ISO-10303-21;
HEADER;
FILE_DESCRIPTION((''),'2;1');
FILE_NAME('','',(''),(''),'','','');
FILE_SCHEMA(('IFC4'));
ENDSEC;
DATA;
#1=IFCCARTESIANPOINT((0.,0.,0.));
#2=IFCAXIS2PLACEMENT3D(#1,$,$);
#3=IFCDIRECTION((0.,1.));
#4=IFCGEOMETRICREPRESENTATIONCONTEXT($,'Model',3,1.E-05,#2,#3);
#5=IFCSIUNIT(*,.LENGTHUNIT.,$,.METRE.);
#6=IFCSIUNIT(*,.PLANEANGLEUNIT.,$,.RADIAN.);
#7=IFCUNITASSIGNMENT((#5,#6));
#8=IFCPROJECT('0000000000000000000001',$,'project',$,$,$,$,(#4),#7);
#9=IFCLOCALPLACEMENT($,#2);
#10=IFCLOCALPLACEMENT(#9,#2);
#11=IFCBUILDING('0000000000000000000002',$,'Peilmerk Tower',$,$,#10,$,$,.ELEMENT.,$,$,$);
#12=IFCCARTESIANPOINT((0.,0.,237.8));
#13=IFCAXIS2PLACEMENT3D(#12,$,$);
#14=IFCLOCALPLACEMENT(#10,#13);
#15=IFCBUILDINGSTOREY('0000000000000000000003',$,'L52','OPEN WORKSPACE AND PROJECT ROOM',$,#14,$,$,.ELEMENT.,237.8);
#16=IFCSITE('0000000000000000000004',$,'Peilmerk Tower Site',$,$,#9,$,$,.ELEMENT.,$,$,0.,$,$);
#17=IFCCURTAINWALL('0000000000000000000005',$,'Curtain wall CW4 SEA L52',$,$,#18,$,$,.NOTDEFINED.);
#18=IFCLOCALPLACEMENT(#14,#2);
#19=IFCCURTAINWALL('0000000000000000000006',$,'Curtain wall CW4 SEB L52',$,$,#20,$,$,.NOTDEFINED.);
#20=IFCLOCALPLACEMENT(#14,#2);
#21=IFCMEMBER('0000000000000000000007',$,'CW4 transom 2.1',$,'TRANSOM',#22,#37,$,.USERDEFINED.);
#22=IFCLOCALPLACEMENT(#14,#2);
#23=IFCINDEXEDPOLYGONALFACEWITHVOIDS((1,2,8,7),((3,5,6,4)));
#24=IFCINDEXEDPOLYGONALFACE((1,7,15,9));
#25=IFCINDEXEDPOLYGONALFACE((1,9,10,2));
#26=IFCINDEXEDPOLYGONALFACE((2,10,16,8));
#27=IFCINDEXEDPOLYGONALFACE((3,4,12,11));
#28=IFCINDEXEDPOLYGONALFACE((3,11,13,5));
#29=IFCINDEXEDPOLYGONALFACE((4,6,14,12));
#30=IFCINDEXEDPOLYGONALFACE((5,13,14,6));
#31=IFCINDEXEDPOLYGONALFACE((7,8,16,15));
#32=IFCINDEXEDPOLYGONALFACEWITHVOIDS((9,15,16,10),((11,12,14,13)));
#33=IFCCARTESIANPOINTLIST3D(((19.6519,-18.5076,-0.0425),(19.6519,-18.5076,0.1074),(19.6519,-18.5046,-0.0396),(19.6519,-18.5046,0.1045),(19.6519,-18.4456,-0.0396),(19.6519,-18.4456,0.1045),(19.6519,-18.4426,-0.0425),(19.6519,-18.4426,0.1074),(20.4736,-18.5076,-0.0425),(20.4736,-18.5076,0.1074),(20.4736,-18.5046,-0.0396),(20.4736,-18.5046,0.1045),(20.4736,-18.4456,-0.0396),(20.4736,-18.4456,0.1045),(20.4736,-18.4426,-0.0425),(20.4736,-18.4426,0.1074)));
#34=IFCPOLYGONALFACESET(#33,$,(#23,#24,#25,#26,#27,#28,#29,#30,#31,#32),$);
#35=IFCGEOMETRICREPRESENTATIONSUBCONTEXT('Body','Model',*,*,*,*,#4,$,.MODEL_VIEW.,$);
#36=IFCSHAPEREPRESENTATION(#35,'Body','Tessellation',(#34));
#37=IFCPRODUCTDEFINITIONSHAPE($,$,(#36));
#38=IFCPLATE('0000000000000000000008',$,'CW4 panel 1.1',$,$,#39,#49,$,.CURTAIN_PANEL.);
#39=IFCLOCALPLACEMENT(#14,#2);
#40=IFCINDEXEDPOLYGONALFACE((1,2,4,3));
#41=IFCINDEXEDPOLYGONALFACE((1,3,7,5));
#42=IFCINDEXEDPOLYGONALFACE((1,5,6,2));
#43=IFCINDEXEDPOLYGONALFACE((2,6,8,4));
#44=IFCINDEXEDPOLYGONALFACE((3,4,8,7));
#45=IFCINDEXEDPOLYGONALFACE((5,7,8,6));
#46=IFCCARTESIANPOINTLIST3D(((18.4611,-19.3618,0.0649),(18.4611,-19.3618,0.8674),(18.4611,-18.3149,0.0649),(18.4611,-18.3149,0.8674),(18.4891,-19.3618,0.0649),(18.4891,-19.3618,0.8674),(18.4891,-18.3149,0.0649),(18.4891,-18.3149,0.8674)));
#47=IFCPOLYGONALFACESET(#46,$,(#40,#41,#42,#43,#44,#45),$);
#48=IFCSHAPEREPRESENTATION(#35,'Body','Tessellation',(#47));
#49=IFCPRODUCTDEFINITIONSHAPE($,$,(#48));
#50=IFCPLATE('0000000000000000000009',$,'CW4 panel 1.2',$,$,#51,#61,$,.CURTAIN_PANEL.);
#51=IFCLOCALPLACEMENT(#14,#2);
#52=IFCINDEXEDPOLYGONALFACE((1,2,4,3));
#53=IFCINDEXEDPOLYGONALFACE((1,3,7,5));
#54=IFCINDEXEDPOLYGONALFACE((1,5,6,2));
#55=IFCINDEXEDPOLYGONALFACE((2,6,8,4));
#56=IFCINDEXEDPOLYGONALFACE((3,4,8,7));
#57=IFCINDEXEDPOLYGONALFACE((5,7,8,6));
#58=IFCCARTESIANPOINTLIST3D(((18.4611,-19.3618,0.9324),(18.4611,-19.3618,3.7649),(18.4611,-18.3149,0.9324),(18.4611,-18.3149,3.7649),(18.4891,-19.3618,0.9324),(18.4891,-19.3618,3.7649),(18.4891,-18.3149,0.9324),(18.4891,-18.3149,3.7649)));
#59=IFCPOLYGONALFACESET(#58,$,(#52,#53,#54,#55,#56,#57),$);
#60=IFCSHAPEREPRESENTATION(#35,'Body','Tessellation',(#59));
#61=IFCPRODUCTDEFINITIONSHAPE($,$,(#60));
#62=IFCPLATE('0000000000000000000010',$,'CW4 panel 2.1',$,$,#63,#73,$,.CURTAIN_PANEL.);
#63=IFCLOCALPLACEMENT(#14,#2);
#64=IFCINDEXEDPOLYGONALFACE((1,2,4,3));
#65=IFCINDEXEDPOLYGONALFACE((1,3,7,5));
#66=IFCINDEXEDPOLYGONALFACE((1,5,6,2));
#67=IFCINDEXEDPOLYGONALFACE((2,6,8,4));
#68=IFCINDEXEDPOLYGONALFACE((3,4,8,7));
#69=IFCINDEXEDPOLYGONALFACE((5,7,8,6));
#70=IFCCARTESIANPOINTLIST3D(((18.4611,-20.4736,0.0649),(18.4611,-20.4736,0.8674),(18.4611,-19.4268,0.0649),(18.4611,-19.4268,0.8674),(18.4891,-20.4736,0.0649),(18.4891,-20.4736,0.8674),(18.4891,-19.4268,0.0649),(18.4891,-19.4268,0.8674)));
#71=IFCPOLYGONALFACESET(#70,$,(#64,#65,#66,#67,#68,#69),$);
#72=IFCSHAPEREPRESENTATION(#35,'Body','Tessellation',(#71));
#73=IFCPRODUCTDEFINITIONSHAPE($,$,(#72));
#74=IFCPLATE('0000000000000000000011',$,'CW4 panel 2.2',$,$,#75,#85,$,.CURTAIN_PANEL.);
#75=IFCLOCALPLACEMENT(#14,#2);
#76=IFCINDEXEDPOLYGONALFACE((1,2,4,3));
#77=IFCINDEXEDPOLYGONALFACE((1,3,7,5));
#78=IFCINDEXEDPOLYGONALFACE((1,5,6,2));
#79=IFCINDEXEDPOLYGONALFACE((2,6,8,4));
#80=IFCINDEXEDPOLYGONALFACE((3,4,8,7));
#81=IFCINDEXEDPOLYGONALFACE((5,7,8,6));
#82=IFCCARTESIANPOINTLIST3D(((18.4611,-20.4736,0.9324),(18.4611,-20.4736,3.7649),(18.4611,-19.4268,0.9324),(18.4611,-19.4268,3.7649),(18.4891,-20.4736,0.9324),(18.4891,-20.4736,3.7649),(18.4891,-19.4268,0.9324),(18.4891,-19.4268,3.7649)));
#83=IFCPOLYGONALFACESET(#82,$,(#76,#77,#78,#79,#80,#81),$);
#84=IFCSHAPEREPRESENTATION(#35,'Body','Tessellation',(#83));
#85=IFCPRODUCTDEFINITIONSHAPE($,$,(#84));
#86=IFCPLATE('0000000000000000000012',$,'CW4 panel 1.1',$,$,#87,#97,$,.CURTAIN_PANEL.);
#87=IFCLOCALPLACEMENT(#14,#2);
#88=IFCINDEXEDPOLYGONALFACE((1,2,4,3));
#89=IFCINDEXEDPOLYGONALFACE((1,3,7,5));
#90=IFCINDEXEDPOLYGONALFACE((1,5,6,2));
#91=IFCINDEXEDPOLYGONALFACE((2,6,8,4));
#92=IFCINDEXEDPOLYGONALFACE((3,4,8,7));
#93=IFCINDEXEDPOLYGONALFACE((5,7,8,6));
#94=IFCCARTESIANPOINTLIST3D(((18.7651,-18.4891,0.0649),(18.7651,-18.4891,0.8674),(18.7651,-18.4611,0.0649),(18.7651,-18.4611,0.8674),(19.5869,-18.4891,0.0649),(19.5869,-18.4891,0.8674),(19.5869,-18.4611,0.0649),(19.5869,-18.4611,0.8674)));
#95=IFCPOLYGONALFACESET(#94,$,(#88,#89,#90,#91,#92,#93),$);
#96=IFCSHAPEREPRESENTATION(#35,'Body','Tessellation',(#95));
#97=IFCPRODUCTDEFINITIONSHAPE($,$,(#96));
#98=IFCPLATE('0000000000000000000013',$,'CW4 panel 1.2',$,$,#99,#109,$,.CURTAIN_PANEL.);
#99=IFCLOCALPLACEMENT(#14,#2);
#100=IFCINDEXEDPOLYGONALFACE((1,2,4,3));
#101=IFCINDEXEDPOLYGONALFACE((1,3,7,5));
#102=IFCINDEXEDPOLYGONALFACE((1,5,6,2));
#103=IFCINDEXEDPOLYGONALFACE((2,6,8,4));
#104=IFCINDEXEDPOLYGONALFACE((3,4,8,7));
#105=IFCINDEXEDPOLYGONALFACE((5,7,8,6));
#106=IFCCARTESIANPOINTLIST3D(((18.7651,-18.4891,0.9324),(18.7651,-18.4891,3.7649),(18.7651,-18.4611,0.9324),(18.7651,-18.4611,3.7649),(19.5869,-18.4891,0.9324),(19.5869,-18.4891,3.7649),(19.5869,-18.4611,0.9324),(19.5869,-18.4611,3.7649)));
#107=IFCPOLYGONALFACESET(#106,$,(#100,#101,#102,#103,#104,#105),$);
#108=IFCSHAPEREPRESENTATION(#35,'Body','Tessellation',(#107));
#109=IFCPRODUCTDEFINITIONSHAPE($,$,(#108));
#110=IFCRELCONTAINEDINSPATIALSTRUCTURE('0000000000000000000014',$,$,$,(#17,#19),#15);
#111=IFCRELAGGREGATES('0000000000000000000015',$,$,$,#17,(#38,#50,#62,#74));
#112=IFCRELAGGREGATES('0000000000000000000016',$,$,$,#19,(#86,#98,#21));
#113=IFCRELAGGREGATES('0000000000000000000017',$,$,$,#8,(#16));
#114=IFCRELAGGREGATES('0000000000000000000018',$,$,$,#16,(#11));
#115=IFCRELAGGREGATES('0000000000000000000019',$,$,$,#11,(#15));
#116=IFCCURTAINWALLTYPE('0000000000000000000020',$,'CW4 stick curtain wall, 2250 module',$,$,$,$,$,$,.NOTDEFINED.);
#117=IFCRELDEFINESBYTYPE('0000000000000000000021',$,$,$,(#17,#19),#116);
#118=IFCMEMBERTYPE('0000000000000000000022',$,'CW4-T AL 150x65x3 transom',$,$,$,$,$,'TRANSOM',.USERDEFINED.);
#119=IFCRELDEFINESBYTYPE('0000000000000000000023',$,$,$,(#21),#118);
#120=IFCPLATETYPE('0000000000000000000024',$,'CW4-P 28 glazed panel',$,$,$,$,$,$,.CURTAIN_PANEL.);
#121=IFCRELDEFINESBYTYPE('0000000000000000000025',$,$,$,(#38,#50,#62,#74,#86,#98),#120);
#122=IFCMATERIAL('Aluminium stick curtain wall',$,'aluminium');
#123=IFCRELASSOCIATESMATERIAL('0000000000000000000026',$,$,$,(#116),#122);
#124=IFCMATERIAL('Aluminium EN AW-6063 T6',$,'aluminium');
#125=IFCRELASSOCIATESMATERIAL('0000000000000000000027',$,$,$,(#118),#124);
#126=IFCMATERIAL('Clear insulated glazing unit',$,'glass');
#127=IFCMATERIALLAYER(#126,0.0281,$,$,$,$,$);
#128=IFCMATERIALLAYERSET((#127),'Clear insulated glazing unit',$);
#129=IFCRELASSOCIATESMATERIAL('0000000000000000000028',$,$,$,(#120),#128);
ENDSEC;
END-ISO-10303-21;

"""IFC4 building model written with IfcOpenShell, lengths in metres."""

from ifc_helpers import new_model, si_unit, direction, frame, origin, origin_2d, place, context, subcontext, project, spatial, rectangle, hollow_rectangle, extrude, material, layer, layer_set, material_profile, profile_set, type_object, element, aggregate, save


model = new_model("IFC4")

# Units and contexts
model_context = context("Model", 3, precision=1e-05, world=origin(), true_north=direction((0.0, 1.0)))
body_context = subcontext(model_context, "Body", "Model", "MODEL_VIEW")
ifc_project = project(units=[si_unit("LENGTHUNIT", "METRE"), si_unit("PLANEANGLEUNIT", "RADIAN")], contexts=[model_context])

# Site, building, storey
site_placement = place(None, origin())
site = spatial("IfcSite", under=ifc_project, at=site_placement, Name="Peilmerk Tower Site", CompositionType="ELEMENT", RefElevation=0.0)
building_placement = place(site_placement, origin())
building = spatial("IfcBuilding", under=site, at=building_placement, Name="Peilmerk Tower", CompositionType="ELEMENT")
storey_placement = place(building_placement, frame((0.0, 0.0, 237.8)))
storey = spatial("IfcBuildingStorey", under=building, at=storey_placement, Name="L52", Description="OPEN WORKSPACE AND PROJECT ROOM", CompositionType="ELEMENT", Elevation=237.8)

# Curtain walls
ifc_material_1 = material(Name="Aluminium stick curtain wall", Category="aluminium")
curtain_wall_type = type_object("IfcCurtainWallType", Name="CW4 stick curtain wall, 2250 module", PredefinedType="NOTDEFINED", material=ifc_material_1)
curtain_wall_1_placement = place(storey_placement, origin())
curtain_wall_1 = element("IfcCurtainWall", 1, at=curtain_wall_1_placement, inside=storey, type_object=curtain_wall_type, Name="Curtain wall CW4 SEA L52", PredefinedType="NOTDEFINED")
ifc_material_2 = material(Name="Aluminium EN AW-6063 T6", Category="aluminium")
curtain_wall_2_placement = place(storey_placement, origin())
curtain_wall_2 = element("IfcCurtainWall", 2, at=curtain_wall_2_placement, inside=storey, type_object=curtain_wall_type, Name="Curtain wall CW4 SEB L52", PredefinedType="NOTDEFINED")

# Member
ifc_material_profile_1 = material_profile(ifc_material_2, hollow_rectangle(XDim=0.0649, YDim=0.1499, WallThickness=0.0029, at=origin_2d()), Name="AL 150x65x3")
ifc_profile_set_1 = profile_set([ifc_material_profile_1], Name="Aluminium EN AW-6063 T6")
member_type_1 = type_object("IfcMemberType", Name="CW4-T AL 150x65x3 transom", ElementType="TRANSOM", PredefinedType="USERDEFINED", material=ifc_profile_set_1)
member_1_placement = place(storey_placement, frame((19.6519, -18.4751, 0.0325), z_axis=(1.0, 0.0, 0.0), x_axis=(0.0, 1.0, 0.0)))
member_1 = element("IfcMember", 3, at=member_1_placement, type_object=member_type_1, Name="CW4 transom 2.1", ObjectType="TRANSOM", PredefinedType="USERDEFINED", context=body_context, shape_type="SweptSolid", body=[
    extrude(hollow_rectangle(XDim=0.0649, YDim=0.1499, WallThickness=0.0029, at=origin_2d()), origin(), (0.0, 0.0, 1.0), 0.8218),
])

# Plates
ifc_material_3 = material(Name="Clear insulated glazing unit", Category="glass")
ifc_layer_1 = layer(ifc_material_3, 0.0281)
ifc_layer_set_1 = layer_set([ifc_layer_1], Name="Clear insulated glazing unit")
plate_type = type_object("IfcPlateType", Name="CW4-P 28 glazed panel", PredefinedType="CURTAIN_PANEL", material=ifc_layer_set_1)
plate_1_placement = place(storey_placement, frame((18.4751, -18.8384, 0.0649), z_axis=(0.0, 0.0, 1.0), x_axis=(0.0, -1.0, 0.0)))
plate_1 = element("IfcPlate", 4, at=plate_1_placement, type_object=plate_type, Name="CW4 panel 1.1", PredefinedType="CURTAIN_PANEL", context=body_context, shape_type="SweptSolid", body=[
    extrude(rectangle(XDim=1.0469, YDim=0.0281, at=origin_2d()), origin(), (0.0, 0.0, 1.0), 0.8025),
])
plate_2_placement = place(storey_placement, frame((18.4751, -18.8384, 0.9324), z_axis=(0.0, 0.0, 1.0), x_axis=(0.0, -1.0, 0.0)))
plate_2 = element("IfcPlate", 5, at=plate_2_placement, type_object=plate_type, Name="CW4 panel 1.2", PredefinedType="CURTAIN_PANEL", context=body_context, shape_type="SweptSolid", body=[
    extrude(rectangle(XDim=1.0469, YDim=0.0281, at=origin_2d()), origin(), (0.0, 0.0, 1.0), 2.8325),
])
plate_3_placement = place(storey_placement, frame((18.4751, -19.9502, 0.0649), z_axis=(0.0, 0.0, 1.0), x_axis=(0.0, -1.0, 0.0)))
plate_3 = element("IfcPlate", 6, at=plate_3_placement, type_object=plate_type, Name="CW4 panel 2.1", PredefinedType="CURTAIN_PANEL", context=body_context, shape_type="SweptSolid", body=[
    extrude(rectangle(XDim=1.0469, YDim=0.0281, at=origin_2d()), origin(), (0.0, 0.0, 1.0), 0.8025),
])
plate_4_placement = place(storey_placement, frame((18.4751, -19.9502, 0.9324), z_axis=(0.0, 0.0, 1.0), x_axis=(0.0, -1.0, 0.0)))
plate_4 = element("IfcPlate", 7, at=plate_4_placement, type_object=plate_type, Name="CW4 panel 2.2", PredefinedType="CURTAIN_PANEL", context=body_context, shape_type="SweptSolid", body=[
    extrude(rectangle(XDim=1.0469, YDim=0.0281, at=origin_2d()), origin(), (0.0, 0.0, 1.0), 2.8325),
])
aggregate(curtain_wall_1, [plate_1, plate_2, plate_3, plate_4])
plate_5_placement = place(storey_placement, frame((19.176, -18.4751, 0.0649), z_axis=(0.0, 0.0, 1.0), x_axis=(1.0, 0.0, 0.0)))
plate_5 = element("IfcPlate", 8, at=plate_5_placement, type_object=plate_type, Name="CW4 panel 1.1", PredefinedType="CURTAIN_PANEL", context=body_context, shape_type="SweptSolid", body=[
    extrude(rectangle(XDim=0.8218, YDim=0.0281, at=origin_2d()), origin(), (0.0, 0.0, 1.0), 0.8025),
])
plate_6_placement = place(storey_placement, frame((19.176, -18.4751, 0.9324), z_axis=(0.0, 0.0, 1.0), x_axis=(1.0, 0.0, 0.0)))
plate_6 = element("IfcPlate", 9, at=plate_6_placement, type_object=plate_type, Name="CW4 panel 1.2", PredefinedType="CURTAIN_PANEL", context=body_context, shape_type="SweptSolid", body=[
    extrude(rectangle(XDim=0.8218, YDim=0.0281, at=origin_2d()), origin(), (0.0, 0.0, 1.0), 2.8325),
])
aggregate(curtain_wall_2, [plate_5, plate_6, member_1])

save(model, "model.ifc")
